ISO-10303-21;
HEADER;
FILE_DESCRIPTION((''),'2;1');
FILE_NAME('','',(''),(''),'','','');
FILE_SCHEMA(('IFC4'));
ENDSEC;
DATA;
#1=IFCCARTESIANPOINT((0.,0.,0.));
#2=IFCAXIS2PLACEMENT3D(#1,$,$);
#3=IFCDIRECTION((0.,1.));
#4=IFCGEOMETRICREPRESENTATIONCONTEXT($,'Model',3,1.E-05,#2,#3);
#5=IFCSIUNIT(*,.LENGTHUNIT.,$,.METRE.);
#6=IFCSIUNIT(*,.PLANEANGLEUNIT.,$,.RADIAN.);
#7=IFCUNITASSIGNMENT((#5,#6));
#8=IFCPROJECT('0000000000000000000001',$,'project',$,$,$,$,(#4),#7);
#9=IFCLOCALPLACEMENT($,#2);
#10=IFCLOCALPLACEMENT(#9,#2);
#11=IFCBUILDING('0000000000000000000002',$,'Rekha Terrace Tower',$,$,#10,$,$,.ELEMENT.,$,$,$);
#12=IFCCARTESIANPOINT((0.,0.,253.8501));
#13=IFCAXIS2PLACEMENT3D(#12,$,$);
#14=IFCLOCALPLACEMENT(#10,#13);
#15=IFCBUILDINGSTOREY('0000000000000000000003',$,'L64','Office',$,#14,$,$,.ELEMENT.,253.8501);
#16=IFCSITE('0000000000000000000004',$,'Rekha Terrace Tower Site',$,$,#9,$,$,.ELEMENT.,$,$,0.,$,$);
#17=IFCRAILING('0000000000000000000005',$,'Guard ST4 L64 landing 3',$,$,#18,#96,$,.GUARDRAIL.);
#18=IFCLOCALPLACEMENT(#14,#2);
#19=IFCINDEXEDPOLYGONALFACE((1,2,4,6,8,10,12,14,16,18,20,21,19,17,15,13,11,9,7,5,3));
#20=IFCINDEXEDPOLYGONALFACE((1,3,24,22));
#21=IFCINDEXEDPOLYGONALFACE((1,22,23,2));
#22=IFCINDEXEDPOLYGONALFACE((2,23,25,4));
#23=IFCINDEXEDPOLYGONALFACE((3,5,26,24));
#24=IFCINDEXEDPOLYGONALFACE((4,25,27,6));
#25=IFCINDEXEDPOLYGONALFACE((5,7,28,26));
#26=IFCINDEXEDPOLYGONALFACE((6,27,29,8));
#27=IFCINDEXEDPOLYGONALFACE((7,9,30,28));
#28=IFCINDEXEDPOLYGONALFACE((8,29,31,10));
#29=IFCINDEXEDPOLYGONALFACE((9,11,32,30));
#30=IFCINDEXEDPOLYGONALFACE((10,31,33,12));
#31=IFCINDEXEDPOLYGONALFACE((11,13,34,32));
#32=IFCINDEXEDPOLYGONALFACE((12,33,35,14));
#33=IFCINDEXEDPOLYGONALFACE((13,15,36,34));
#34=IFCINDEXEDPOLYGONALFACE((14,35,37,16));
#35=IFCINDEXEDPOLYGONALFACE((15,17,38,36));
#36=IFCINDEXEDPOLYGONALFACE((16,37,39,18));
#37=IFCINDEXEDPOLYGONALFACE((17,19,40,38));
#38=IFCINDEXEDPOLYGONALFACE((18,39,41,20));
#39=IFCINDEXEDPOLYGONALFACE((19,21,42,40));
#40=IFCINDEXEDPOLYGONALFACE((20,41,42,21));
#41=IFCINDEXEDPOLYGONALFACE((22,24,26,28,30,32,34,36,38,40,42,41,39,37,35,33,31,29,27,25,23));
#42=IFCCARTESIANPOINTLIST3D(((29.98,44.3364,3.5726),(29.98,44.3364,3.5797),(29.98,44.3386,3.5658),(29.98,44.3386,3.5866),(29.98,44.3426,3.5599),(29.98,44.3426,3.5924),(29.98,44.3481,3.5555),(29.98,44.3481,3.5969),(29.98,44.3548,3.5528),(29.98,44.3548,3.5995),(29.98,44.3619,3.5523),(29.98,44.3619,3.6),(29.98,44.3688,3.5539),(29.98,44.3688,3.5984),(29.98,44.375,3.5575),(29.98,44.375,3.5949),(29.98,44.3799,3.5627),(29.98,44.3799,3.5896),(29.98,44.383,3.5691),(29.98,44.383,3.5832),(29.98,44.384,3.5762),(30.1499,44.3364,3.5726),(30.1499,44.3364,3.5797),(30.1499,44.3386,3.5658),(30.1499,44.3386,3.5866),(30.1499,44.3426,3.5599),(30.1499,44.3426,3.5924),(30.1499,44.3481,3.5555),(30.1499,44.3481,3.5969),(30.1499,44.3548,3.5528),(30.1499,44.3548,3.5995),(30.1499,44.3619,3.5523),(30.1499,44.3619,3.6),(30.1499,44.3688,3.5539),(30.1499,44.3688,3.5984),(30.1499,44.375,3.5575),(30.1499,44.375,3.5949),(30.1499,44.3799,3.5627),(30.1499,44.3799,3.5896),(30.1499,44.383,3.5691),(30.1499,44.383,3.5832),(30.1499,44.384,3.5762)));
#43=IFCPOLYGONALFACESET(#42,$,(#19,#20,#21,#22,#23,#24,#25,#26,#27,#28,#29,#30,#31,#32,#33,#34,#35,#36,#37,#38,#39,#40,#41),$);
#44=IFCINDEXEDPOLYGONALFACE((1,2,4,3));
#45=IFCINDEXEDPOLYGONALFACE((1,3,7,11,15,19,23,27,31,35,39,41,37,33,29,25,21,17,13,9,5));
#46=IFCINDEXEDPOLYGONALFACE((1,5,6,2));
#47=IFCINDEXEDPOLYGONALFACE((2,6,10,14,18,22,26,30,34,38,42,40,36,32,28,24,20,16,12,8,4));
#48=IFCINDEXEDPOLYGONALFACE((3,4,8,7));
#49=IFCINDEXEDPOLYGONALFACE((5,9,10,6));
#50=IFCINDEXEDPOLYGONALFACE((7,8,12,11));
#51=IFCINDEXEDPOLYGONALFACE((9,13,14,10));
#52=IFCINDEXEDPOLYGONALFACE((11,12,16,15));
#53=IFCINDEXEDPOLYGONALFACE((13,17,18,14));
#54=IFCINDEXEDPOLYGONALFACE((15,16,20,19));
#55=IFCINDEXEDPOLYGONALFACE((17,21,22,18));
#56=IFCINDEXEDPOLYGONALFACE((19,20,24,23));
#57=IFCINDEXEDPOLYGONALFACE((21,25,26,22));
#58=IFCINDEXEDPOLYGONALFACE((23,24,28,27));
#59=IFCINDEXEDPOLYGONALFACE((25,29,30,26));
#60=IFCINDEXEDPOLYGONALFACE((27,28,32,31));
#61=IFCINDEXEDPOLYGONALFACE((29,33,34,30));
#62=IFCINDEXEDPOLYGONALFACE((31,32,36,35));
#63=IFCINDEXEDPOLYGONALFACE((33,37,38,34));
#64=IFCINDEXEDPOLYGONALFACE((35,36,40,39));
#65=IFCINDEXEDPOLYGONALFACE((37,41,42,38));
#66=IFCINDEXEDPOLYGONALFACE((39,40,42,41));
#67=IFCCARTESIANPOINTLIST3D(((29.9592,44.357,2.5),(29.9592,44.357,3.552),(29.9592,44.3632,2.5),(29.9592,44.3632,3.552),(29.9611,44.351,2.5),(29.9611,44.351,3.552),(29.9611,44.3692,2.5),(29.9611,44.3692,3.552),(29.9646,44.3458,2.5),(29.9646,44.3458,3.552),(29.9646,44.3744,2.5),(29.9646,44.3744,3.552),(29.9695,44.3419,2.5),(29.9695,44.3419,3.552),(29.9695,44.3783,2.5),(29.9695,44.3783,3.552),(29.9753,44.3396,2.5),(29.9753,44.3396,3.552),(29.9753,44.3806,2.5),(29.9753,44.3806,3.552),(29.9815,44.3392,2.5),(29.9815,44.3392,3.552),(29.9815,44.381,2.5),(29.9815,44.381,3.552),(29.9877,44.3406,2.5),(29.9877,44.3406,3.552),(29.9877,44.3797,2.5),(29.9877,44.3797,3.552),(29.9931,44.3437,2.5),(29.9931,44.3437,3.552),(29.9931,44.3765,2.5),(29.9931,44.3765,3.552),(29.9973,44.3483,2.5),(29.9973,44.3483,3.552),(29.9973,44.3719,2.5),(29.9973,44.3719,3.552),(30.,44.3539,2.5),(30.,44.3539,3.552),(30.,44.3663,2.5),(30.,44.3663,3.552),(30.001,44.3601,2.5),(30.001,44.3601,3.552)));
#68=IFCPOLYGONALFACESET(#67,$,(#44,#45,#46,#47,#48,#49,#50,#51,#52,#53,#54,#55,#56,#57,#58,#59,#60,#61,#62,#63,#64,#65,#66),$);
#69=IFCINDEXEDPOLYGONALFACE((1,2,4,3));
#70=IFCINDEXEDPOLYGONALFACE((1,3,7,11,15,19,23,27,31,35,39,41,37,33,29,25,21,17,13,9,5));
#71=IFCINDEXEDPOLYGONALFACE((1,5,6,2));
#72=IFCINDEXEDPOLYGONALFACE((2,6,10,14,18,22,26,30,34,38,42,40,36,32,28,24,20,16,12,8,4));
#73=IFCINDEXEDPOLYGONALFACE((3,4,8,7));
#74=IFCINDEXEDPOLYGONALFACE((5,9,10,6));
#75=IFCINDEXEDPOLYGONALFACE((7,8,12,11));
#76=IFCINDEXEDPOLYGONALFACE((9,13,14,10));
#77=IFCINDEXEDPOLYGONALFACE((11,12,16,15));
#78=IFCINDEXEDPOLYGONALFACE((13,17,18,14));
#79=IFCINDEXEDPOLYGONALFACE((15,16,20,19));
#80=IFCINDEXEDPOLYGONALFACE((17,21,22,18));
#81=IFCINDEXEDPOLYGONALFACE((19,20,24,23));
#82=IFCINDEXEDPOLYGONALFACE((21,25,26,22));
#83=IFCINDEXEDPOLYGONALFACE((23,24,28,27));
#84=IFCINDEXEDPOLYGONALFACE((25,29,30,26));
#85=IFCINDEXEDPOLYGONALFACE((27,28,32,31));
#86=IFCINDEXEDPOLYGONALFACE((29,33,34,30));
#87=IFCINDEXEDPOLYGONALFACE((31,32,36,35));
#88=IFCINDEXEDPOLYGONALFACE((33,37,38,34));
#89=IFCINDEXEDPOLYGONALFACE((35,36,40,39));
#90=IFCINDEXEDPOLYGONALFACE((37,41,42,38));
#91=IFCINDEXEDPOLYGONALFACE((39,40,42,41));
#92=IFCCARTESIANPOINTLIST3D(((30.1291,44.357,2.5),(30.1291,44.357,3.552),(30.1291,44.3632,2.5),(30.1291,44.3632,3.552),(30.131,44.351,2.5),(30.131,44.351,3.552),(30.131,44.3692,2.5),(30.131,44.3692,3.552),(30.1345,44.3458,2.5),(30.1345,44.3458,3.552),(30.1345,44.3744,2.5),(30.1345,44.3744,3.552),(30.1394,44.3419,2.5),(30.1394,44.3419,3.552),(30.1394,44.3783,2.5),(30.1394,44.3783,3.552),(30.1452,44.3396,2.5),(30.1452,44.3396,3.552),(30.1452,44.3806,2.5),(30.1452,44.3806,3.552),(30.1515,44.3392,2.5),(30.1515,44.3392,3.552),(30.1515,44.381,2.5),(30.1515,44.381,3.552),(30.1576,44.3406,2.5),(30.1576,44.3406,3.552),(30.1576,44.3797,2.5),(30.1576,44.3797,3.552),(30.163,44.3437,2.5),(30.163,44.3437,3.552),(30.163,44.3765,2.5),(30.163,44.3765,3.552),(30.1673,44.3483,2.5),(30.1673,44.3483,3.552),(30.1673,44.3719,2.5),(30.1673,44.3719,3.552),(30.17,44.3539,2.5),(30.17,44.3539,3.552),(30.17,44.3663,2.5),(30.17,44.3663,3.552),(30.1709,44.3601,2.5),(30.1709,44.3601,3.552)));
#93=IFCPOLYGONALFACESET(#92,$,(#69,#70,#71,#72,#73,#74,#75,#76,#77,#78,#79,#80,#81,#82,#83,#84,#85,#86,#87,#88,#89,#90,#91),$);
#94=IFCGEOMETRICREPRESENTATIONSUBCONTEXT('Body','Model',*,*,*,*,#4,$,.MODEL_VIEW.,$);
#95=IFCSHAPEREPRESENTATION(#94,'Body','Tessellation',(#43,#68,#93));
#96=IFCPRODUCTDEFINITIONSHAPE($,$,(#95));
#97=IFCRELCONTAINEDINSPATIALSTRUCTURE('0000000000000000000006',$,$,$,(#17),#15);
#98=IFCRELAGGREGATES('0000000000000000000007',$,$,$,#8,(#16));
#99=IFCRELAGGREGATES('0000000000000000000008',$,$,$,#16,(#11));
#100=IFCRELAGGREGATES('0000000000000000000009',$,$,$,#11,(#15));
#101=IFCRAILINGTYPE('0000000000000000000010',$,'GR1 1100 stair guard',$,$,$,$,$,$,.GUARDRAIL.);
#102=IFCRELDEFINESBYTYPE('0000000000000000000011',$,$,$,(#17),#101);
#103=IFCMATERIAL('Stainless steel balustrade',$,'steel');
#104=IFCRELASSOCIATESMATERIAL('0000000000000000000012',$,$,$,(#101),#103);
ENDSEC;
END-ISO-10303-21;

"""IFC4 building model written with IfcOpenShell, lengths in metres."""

from ifc_helpers import new_model, si_unit, direction, frame, origin, origin_2d, place, context, subcontext, project, spatial, circle, extrude, material, type_object, element, save


model = new_model("IFC4")

# Units and contexts
model_context = context("Model", 3, precision=1e-05, world=origin(), true_north=direction((0.0, 1.0)))
body_context = subcontext(model_context, "Body", "Model", "MODEL_VIEW")
ifc_project = project(units=[si_unit("LENGTHUNIT", "METRE"), si_unit("PLANEANGLEUNIT", "RADIAN")], contexts=[model_context])

# Site, building, storey
site_placement = place(None, origin())
site = spatial("IfcSite", under=ifc_project, at=site_placement, Name="Rekha Terrace Tower Site", CompositionType="ELEMENT", RefElevation=0.0)
building_placement = place(site_placement, origin())
building = spatial("IfcBuilding", under=site, at=building_placement, Name="Rekha Terrace Tower", CompositionType="ELEMENT")
storey_placement = place(building_placement, frame((0.0, 0.0, 253.8501)))
storey = spatial("IfcBuildingStorey", under=building, at=storey_placement, Name="L64", Description="Office", CompositionType="ELEMENT", Elevation=253.8501)

# Railing
ifc_material_1 = material(Name="Stainless steel balustrade", Category="steel")
railing_type_1 = type_object("IfcRailingType", Name="GR1 1100 stair guard", PredefinedType="GUARDRAIL", material=ifc_material_1)
railing_1_placement = place(storey_placement, frame((29.98, 44.3601, 2.5)))
element("IfcRailing", 1, at=railing_1_placement, inside=storey, type_object=railing_type_1, Name="Guard ST4 L64 landing 3", PredefinedType="GUARDRAIL", context=body_context, shape_type="SweptSolid", body=[
    extrude(circle(Radius=0.0239, at=origin_2d()), frame((0.0, 0.0, 1.0762), z_axis=(1.0, 0.0, 0.0), x_axis=(0.0, 1.0, 0.0)), (0.0, 0.0, 1.0), 0.1699),
    extrude(circle(Radius=0.021, at=origin_2d()), origin(), (0.0, 0.0, 1.0), 1.052),
    extrude(circle(Radius=0.021, at=origin_2d()), frame((0.1699, 0.0, 0.0)), (0.0, 0.0, 1.0), 1.052),
])

save(model, "model.ifc")
